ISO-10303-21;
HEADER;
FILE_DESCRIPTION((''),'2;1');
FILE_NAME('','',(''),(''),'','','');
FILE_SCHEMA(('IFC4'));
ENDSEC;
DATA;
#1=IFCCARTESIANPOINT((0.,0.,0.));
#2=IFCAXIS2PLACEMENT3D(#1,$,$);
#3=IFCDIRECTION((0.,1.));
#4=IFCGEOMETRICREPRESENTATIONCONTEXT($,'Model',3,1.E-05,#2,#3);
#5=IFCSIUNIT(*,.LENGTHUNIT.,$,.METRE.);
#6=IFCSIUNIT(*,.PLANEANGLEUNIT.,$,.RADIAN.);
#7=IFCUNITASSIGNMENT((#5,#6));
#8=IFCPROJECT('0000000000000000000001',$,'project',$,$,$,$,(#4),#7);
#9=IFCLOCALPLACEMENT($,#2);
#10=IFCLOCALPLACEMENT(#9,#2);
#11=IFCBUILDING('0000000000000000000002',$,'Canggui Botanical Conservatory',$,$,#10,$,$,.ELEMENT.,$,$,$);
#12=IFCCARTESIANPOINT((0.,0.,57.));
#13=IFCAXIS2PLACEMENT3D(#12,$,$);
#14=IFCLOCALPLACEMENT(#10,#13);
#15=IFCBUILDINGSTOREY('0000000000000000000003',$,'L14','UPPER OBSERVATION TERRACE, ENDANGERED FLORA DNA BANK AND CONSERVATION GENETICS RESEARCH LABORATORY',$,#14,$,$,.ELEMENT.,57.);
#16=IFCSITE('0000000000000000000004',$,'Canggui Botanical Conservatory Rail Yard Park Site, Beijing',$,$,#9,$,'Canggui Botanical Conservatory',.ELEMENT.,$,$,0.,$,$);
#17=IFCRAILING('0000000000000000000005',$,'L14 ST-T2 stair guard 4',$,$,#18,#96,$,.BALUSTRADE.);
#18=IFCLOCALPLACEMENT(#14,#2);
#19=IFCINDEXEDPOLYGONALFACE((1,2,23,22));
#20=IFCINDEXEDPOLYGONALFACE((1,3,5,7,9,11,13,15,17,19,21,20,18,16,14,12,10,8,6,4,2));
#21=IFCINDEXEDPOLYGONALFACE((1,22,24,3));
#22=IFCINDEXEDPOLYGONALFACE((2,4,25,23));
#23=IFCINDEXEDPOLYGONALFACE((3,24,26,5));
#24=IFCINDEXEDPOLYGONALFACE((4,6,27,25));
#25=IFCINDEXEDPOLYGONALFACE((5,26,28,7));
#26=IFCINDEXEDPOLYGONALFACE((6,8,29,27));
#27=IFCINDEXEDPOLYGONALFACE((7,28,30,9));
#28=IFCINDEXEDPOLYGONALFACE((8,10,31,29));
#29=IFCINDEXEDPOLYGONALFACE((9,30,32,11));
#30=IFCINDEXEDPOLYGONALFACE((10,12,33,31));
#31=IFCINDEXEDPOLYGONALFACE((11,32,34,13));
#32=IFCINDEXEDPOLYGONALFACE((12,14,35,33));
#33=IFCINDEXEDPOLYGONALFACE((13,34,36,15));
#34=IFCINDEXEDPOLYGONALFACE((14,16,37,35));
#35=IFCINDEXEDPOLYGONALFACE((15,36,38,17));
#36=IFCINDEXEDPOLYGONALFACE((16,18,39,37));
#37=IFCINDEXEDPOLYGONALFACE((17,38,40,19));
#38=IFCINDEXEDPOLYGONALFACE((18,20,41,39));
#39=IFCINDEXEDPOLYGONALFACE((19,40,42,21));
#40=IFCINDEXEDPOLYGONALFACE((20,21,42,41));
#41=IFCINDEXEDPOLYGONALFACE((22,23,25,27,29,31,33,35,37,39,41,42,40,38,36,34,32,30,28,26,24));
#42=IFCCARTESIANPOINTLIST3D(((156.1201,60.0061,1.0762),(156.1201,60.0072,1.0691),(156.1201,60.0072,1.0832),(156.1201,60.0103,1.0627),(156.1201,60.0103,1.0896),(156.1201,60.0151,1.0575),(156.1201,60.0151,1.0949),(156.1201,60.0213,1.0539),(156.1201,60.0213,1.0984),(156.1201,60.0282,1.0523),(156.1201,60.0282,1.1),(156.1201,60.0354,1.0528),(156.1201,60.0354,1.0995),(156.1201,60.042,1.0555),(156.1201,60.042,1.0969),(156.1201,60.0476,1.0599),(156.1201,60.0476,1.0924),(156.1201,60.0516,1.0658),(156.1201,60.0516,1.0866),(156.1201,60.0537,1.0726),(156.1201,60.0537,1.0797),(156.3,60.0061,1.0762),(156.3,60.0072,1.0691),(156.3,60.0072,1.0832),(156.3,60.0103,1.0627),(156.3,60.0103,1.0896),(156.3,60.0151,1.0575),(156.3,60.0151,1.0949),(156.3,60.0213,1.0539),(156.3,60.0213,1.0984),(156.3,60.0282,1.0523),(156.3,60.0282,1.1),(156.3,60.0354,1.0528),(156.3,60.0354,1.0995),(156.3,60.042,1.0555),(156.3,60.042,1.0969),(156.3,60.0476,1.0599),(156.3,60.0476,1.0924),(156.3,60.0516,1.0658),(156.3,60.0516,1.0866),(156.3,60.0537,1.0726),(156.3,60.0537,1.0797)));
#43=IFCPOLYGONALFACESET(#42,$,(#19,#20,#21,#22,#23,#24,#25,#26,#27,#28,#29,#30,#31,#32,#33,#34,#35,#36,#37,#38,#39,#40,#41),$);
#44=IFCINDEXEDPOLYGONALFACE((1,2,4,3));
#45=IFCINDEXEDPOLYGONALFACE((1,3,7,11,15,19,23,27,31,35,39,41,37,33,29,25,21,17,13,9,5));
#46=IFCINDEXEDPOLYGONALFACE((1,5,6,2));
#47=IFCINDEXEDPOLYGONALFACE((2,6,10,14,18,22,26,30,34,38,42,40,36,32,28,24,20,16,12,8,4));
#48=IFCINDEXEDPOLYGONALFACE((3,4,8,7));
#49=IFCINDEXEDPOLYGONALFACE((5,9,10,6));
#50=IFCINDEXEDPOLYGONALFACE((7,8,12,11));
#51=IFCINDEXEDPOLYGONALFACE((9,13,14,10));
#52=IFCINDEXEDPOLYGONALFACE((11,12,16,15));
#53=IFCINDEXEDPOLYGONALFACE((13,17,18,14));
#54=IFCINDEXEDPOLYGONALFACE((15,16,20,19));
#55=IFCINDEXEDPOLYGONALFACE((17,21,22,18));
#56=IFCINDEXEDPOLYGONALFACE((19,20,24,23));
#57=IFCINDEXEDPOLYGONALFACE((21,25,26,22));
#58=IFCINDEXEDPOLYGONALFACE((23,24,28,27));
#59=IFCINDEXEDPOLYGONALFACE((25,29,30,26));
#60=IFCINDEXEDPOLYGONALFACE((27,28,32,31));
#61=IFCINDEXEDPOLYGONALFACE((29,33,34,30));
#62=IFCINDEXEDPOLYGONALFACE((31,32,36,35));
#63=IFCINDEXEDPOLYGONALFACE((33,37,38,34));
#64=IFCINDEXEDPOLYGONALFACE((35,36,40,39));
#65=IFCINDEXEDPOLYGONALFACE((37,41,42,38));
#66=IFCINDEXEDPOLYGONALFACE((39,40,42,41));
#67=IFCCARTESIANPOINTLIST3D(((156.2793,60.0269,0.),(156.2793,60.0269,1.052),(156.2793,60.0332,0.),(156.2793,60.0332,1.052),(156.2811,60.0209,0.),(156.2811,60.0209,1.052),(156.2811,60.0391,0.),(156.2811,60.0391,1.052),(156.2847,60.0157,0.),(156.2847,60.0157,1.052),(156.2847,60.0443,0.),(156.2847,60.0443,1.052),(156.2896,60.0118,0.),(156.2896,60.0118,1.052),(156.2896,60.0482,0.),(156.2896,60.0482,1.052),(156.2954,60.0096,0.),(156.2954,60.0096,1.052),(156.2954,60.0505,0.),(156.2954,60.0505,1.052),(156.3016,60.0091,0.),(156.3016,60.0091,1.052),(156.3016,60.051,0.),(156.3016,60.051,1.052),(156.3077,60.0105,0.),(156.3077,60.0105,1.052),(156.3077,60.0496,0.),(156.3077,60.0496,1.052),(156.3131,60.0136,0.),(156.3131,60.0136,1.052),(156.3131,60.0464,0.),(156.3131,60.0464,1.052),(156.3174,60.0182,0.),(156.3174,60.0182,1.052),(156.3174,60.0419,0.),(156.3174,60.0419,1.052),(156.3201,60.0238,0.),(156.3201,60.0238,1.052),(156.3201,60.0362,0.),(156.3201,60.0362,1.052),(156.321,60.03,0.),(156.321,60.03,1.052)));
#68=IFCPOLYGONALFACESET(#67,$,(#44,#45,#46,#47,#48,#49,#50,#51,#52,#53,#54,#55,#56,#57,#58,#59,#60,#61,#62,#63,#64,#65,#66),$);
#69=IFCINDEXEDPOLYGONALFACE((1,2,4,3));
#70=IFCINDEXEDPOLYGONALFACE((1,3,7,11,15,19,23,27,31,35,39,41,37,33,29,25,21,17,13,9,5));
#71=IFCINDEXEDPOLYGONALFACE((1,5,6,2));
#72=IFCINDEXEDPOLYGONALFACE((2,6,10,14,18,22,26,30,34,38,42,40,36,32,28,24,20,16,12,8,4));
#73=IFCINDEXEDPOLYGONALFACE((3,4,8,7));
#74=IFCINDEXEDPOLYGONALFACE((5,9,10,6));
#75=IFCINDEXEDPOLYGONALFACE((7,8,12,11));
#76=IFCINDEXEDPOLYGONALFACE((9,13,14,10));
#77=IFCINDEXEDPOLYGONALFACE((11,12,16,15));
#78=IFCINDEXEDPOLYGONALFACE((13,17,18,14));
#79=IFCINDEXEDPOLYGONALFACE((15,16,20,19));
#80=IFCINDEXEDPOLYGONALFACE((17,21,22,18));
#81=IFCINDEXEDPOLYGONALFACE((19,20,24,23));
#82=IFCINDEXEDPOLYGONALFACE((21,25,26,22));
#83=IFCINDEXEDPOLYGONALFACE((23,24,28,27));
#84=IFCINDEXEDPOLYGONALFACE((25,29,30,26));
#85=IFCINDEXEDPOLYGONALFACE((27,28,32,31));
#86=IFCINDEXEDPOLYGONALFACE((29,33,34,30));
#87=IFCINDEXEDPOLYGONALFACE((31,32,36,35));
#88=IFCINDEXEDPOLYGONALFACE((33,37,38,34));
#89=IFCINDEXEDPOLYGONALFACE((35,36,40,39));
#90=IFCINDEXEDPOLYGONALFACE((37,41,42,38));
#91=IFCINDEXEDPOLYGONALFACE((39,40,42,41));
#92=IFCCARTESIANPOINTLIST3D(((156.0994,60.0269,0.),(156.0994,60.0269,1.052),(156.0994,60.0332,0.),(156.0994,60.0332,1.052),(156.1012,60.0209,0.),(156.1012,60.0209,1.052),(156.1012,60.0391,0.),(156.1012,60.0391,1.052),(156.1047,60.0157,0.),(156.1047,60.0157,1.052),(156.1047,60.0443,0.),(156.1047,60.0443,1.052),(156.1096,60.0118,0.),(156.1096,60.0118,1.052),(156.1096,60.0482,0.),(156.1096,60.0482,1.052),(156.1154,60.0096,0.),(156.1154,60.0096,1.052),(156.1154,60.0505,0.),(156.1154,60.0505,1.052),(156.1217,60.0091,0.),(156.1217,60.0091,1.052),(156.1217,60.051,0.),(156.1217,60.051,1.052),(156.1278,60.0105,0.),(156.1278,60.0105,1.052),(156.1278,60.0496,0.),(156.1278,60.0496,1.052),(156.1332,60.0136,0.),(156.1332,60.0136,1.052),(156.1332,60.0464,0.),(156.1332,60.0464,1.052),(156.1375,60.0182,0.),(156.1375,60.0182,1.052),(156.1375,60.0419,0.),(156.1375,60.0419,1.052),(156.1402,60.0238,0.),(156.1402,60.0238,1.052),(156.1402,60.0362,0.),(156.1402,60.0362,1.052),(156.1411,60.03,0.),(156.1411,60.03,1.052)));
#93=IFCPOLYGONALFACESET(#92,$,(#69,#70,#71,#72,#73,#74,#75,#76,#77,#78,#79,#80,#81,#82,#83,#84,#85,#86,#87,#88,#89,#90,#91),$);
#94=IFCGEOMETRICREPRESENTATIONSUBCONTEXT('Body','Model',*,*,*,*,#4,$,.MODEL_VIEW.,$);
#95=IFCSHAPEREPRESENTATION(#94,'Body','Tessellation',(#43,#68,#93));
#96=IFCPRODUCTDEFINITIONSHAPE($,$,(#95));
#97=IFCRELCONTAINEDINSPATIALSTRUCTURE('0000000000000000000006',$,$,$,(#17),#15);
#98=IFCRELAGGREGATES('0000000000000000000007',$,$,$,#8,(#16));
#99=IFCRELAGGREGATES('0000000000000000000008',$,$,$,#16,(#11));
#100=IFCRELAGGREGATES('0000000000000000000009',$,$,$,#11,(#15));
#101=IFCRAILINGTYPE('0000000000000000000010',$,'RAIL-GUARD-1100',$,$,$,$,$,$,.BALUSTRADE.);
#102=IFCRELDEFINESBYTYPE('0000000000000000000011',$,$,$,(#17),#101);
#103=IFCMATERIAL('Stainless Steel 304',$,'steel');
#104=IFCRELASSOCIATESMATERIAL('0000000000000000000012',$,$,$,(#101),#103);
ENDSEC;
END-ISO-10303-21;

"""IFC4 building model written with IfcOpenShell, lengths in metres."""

from ifc_helpers import new_model, si_unit, direction, frame, origin, origin_2d, place, context, subcontext, project, spatial, circle, extrude, material, type_object, element, save


model = new_model("IFC4")

# Units and contexts
model_context = context("Model", 3, precision=1e-05, world=origin(), true_north=direction((0.0, 1.0)))
body_context = subcontext(model_context, "Body", "Model", "MODEL_VIEW")
ifc_project = project(units=[si_unit("LENGTHUNIT", "METRE"), si_unit("PLANEANGLEUNIT", "RADIAN")], contexts=[model_context])

# Site, building, storey
site_placement = place(None, origin())
site = spatial("IfcSite", under=ifc_project, at=site_placement, Name="Canggui Botanical Conservatory Rail Yard Park Site, Beijing", LongName="Canggui Botanical Conservatory", CompositionType="ELEMENT", RefElevation=0.0)
building_placement = place(site_placement, origin())
building = spatial("IfcBuilding", under=site, at=building_placement, Name="Canggui Botanical Conservatory", CompositionType="ELEMENT")
storey_placement = place(building_placement, frame((0.0, 0.0, 57.0)))
storey = spatial("IfcBuildingStorey", under=building, at=storey_placement, Name="L14", Description="UPPER OBSERVATION TERRACE, ENDANGERED FLORA DNA BANK AND CONSERVATION GENETICS RESEARCH LABORATORY", CompositionType="ELEMENT", Elevation=57.0)

# Shared definitions
ifc_material_1 = material(Name="Stainless Steel 304", Category="steel")

# Railing
railing_type_1 = type_object("IfcRailingType", Name="RAIL-GUARD-1100", PredefinedType="BALUSTRADE", material=ifc_material_1)
railing_1_placement = place(storey_placement, frame((156.3, 60.03, 0.0)))
element("IfcRailing", 1, at=railing_1_placement, inside=storey, type_object=railing_type_1, Name="L14 ST-T2 stair guard 4", PredefinedType="BALUSTRADE", context=body_context, shape_type="SweptSolid", body=[
    extrude(circle(Radius=0.0239, at=origin_2d()), frame((0.0, 0.0, 1.0762), z_axis=(-1.0, 0.0, 0.0), x_axis=(0.0, -1.0, 0.0)), (0.0, 0.0, 1.0), 0.1799),
    extrude(circle(Radius=0.021, at=origin_2d()), origin(), (0.0, 0.0, 1.0), 1.052),
    extrude(circle(Radius=0.021, at=origin_2d()), frame((-0.1799, 0.0, 0.0)), (0.0, 0.0, 1.0), 1.052),
])

save(model, "model.ifc")
